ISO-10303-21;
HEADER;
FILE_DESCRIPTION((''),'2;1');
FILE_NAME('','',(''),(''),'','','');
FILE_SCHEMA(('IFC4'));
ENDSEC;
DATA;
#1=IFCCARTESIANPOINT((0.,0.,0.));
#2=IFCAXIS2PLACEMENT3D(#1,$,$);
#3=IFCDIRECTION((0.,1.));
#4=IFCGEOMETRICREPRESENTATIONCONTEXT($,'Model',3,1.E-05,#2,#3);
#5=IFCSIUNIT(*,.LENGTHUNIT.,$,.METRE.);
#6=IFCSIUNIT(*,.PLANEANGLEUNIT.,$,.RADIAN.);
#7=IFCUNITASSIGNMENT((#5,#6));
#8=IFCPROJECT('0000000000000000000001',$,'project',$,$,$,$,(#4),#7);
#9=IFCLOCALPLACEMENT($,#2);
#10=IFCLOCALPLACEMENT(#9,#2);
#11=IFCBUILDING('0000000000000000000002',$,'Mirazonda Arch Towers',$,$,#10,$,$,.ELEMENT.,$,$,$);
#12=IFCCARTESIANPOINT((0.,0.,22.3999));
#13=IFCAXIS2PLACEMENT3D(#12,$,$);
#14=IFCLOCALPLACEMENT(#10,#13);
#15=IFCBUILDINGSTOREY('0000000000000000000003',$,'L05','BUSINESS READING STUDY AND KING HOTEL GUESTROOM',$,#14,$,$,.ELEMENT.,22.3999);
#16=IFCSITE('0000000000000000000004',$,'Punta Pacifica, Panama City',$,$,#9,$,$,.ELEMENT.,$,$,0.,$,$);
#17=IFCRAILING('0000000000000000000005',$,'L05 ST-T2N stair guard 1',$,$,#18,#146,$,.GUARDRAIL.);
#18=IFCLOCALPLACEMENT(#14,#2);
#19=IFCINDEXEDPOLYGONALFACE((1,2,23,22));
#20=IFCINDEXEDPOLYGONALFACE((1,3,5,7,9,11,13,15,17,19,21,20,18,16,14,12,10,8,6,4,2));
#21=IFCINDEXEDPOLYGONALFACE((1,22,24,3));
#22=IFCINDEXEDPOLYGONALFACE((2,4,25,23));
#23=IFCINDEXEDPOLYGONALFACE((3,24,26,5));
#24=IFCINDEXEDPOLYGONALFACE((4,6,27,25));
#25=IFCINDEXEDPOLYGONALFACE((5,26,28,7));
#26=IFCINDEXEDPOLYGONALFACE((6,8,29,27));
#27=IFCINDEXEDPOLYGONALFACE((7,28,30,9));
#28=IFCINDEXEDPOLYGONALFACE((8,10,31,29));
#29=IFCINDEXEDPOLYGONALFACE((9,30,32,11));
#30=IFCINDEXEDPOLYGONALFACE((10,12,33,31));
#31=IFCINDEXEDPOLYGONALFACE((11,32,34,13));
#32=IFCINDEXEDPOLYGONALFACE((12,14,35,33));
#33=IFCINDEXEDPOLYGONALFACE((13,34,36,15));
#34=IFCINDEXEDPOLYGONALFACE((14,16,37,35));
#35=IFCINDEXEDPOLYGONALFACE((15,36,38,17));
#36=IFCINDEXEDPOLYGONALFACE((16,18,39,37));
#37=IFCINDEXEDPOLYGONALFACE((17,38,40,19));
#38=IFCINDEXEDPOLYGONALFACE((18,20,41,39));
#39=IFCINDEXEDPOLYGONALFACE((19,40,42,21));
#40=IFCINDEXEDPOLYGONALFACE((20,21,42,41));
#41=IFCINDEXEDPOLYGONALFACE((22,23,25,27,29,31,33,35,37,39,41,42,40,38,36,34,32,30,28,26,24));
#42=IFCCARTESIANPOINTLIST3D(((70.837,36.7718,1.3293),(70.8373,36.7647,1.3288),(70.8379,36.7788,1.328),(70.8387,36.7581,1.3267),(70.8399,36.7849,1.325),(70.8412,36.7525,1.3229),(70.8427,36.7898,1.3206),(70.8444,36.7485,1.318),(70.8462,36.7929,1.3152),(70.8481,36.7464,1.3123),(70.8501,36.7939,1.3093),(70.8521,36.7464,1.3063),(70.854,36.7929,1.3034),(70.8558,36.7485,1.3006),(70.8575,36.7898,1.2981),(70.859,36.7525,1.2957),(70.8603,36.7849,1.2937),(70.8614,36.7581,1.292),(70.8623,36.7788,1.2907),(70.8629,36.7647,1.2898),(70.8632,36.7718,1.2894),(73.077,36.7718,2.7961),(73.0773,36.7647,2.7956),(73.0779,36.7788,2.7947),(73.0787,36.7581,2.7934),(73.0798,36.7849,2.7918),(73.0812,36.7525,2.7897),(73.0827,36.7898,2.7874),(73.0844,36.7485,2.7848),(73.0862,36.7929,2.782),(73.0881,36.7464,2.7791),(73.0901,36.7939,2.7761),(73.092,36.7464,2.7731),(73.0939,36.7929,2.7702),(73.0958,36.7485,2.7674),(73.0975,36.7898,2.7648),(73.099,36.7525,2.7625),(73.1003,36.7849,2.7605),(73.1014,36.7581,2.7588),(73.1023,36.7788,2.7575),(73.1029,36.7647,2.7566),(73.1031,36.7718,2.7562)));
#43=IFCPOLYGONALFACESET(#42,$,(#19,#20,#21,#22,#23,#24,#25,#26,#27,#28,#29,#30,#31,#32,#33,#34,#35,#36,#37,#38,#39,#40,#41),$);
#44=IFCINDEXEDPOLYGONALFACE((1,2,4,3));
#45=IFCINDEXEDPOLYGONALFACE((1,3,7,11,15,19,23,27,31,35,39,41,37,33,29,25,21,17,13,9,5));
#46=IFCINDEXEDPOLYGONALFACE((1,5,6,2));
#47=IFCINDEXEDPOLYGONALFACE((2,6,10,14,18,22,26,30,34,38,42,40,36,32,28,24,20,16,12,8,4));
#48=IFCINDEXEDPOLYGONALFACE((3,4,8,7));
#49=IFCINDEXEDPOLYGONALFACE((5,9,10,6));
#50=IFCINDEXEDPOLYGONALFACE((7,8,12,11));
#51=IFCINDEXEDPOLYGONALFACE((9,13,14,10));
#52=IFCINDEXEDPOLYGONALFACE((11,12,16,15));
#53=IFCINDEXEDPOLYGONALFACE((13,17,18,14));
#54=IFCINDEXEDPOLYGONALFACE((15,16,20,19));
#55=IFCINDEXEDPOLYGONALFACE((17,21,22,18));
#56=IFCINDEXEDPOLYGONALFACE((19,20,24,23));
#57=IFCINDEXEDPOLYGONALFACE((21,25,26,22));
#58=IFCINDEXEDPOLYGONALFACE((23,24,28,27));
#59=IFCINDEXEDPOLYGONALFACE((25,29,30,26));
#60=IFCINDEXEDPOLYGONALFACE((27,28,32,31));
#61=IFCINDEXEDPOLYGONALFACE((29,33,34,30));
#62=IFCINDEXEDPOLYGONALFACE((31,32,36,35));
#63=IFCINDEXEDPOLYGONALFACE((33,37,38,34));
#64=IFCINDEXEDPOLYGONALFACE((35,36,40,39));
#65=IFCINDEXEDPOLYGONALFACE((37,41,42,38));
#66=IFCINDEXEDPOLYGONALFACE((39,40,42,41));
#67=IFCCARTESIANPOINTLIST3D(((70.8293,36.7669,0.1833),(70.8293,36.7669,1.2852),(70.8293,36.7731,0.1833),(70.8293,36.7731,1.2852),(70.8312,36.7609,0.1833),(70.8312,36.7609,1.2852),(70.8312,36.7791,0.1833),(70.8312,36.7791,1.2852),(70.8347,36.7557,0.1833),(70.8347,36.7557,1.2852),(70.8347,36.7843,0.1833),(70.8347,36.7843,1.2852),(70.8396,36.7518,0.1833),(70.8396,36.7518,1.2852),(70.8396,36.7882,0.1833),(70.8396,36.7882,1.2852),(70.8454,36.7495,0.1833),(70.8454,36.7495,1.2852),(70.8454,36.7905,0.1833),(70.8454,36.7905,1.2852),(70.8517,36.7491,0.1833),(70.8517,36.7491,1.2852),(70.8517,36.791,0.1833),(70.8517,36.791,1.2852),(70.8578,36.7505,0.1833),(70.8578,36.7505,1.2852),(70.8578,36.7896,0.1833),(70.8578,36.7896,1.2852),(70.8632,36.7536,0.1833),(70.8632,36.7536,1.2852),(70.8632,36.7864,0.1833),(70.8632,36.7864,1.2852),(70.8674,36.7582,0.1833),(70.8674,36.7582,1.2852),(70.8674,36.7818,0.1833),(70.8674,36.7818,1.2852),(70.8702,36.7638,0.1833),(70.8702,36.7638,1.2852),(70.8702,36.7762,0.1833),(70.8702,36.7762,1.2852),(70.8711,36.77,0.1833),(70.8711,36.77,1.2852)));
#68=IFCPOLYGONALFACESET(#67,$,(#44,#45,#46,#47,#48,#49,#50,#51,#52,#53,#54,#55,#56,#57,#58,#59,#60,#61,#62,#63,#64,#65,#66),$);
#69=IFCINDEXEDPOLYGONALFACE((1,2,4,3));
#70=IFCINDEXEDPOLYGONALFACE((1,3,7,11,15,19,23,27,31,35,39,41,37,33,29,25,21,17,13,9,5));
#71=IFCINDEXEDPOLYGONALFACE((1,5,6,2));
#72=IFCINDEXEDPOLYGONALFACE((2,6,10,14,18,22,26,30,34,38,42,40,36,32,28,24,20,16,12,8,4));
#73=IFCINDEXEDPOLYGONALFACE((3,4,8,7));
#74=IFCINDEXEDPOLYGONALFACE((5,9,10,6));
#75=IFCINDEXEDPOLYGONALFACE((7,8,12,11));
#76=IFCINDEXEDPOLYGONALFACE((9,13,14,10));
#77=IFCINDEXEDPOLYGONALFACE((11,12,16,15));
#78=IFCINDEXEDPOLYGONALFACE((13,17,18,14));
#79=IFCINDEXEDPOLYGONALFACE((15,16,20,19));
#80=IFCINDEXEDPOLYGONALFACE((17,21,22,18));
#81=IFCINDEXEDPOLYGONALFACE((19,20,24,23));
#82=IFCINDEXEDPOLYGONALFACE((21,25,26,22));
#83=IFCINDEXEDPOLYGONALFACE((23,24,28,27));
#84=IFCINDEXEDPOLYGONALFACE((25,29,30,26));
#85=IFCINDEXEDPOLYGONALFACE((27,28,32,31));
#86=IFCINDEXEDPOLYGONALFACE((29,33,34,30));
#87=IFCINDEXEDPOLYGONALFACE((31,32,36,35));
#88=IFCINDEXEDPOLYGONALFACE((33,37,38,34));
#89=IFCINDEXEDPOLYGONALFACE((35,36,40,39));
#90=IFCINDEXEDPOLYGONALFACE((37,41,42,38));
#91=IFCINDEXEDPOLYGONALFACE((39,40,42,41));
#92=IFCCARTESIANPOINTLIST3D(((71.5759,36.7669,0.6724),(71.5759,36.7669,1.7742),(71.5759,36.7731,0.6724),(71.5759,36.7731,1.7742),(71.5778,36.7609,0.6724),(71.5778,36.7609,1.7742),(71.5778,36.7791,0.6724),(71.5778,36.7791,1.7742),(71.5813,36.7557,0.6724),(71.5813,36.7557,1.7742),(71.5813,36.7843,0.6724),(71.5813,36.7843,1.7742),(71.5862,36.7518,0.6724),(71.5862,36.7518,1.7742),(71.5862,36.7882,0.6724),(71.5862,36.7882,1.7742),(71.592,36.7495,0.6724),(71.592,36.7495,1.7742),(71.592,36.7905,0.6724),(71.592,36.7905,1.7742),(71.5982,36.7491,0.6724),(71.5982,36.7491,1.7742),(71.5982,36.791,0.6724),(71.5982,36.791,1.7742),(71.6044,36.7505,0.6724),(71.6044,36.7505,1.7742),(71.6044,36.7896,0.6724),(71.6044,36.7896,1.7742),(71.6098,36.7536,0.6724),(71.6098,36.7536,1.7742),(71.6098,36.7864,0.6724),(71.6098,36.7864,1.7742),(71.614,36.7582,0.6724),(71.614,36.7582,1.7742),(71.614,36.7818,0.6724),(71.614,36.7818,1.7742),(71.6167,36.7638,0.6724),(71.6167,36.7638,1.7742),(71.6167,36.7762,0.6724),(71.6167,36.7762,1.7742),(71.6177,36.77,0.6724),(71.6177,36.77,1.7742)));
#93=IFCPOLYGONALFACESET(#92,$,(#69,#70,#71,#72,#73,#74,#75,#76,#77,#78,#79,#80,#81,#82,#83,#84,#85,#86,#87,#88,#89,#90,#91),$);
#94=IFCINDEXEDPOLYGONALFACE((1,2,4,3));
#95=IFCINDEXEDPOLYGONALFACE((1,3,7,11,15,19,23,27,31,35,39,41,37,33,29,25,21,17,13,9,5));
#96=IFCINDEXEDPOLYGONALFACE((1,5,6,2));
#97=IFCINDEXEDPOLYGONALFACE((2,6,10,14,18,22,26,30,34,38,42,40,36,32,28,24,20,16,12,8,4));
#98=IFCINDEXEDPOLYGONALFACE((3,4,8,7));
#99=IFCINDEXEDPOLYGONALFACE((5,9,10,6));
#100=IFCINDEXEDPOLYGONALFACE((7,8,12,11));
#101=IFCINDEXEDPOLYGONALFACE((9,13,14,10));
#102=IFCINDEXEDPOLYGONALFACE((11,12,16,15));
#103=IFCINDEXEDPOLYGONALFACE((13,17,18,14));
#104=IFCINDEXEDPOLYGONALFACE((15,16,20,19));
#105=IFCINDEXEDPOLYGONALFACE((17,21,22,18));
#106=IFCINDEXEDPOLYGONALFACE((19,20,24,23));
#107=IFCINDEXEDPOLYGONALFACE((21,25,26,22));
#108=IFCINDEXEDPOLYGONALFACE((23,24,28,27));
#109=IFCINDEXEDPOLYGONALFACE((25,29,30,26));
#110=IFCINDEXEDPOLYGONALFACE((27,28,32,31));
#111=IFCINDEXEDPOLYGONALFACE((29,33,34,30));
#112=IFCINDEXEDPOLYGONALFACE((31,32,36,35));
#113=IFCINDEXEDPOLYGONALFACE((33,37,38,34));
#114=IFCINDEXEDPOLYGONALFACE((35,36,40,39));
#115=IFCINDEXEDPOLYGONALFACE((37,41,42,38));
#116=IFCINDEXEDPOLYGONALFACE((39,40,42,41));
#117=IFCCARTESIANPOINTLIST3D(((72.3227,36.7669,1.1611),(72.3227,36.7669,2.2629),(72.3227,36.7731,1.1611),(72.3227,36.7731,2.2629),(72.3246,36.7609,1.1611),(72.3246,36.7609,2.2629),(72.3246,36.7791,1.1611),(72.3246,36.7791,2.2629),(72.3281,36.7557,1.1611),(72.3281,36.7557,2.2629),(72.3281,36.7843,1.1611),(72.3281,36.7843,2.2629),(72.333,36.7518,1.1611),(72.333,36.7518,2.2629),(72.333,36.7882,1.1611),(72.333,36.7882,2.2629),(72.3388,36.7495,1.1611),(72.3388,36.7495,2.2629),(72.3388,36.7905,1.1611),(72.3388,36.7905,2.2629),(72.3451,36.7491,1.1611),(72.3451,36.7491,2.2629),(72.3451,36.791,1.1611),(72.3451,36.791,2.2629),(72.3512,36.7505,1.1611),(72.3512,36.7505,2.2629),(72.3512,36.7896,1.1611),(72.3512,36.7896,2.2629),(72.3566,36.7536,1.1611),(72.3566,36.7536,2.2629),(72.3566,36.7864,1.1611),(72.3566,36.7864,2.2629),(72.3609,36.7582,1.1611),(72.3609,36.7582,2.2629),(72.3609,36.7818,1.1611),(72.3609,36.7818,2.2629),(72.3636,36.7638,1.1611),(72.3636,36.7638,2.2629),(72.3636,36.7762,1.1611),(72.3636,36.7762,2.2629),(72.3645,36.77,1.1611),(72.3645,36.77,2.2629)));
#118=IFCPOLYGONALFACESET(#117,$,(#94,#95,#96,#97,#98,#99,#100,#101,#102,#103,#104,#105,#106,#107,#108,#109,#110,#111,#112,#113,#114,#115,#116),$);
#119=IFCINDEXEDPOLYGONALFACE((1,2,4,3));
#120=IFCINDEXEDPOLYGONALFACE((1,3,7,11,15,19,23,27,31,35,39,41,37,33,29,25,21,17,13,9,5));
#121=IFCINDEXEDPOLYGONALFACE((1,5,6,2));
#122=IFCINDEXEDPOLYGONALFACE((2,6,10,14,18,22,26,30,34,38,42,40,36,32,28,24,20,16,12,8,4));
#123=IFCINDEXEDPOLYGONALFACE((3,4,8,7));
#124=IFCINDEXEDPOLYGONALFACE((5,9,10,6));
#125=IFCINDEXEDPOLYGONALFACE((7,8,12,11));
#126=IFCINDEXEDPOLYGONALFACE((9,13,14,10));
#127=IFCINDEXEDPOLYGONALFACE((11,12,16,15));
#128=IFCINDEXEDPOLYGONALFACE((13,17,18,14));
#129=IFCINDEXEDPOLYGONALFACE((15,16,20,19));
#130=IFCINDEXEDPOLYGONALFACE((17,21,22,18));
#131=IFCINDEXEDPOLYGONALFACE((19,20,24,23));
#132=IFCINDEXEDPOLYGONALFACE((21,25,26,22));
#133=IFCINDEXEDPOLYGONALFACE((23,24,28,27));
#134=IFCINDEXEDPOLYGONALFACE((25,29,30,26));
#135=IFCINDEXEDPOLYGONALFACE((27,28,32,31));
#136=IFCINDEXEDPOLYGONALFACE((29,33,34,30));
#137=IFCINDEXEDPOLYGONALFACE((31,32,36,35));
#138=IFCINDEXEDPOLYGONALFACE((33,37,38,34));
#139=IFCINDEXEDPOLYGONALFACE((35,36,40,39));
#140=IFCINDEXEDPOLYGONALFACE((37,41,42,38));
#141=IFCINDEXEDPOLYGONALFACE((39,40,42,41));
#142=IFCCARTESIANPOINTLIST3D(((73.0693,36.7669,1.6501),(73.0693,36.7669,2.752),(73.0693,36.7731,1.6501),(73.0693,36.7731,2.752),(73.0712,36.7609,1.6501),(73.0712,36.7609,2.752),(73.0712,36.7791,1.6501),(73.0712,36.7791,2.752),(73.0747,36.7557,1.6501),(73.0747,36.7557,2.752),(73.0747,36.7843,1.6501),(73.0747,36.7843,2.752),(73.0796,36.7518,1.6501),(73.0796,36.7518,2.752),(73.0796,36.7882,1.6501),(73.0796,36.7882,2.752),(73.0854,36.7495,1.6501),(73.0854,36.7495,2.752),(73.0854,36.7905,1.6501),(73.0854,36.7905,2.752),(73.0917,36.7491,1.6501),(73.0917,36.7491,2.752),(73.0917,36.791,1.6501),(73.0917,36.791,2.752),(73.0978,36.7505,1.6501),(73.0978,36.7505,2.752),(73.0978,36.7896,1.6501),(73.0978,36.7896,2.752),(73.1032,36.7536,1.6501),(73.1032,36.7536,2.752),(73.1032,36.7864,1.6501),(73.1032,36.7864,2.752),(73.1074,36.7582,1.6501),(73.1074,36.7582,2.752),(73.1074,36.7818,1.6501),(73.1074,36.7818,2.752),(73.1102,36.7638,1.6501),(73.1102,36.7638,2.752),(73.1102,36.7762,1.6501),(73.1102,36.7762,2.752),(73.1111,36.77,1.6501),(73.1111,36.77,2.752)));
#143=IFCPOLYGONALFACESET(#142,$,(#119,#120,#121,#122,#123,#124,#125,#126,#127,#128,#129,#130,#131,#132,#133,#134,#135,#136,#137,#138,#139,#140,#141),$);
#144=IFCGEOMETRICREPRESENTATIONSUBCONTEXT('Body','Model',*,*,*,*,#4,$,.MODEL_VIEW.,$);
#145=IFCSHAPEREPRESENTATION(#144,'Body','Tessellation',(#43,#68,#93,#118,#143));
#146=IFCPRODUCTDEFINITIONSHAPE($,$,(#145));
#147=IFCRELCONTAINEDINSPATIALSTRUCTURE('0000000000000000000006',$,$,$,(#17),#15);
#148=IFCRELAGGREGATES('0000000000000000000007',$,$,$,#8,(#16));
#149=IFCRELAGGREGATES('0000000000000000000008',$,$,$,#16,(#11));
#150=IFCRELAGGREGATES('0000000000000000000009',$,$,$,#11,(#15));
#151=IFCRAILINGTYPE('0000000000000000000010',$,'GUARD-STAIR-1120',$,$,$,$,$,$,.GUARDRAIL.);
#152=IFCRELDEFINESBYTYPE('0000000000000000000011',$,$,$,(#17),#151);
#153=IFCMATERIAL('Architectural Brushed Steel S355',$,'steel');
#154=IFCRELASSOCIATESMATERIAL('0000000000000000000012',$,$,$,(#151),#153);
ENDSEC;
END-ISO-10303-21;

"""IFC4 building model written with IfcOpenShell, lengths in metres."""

from ifc_helpers import new_model, si_unit, direction, frame, origin, origin_2d, place, context, subcontext, project, spatial, circle, extrude, material, type_object, element, save


model = new_model("IFC4")

# Units and contexts
model_context = context("Model", 3, precision=1e-05, world=origin(), true_north=direction((0.0, 1.0)))
body_context = subcontext(model_context, "Body", "Model", "MODEL_VIEW")
ifc_project = project(units=[si_unit("LENGTHUNIT", "METRE"), si_unit("PLANEANGLEUNIT", "RADIAN")], contexts=[model_context])

# Site, building, storey
site_placement = place(None, origin())
site = spatial("IfcSite", under=ifc_project, at=site_placement, Name="Punta Pacifica, Panama City", CompositionType="ELEMENT", RefElevation=0.0)
building_placement = place(site_placement, origin())
building = spatial("IfcBuilding", under=site, at=building_placement, Name="Mirazonda Arch Towers", CompositionType="ELEMENT")
storey_placement = place(building_placement, frame((0.0, 0.0, 22.3999)))
storey = spatial("IfcBuildingStorey", under=building, at=storey_placement, Name="L05", Description="BUSINESS READING STUDY AND KING HOTEL GUESTROOM", CompositionType="ELEMENT", Elevation=22.3999)

# Railing
ifc_material_1 = material(Name="Architectural Brushed Steel S355", Category="steel")
railing_type = type_object("IfcRailingType", Name="GUARD-STAIR-1120", PredefinedType="GUARDRAIL", material=ifc_material_1)
railing_1_placement = place(storey_placement, frame((70.8501, 36.77, 0.1833)))
element("IfcRailing", 1, at=railing_1_placement, inside=storey, type_object=railing_type, Name="L05 ST-T2N stair guard 1", PredefinedType="GUARDRAIL", context=body_context, shape_type="SweptSolid", body=[
    extrude(circle(Radius=0.0239, at=origin_2d()), frame((0.0, 0.0, 1.126), z_axis=(0.836595, 0.0, 0.547822), x_axis=(0.0, 1.0, 0.0)), (0.0, 0.0, 1.0), 2.6775),
    extrude(circle(Radius=0.021, at=origin_2d()), origin(), (0.0, 0.0, 1.0), 1.1018),
    extrude(circle(Radius=0.021, at=origin_2d()), frame((0.7466, 0.0, 0.489)), (0.0, 0.0, 1.0), 1.1018),
    extrude(circle(Radius=0.021, at=origin_2d()), frame((1.4934, 0.0, 0.9778)), (0.0, 0.0, 1.0), 1.1018),
    extrude(circle(Radius=0.021, at=origin_2d()), frame((2.24, 0.0, 1.4668)), (0.0, 0.0, 1.0), 1.1018),
])

save(model, "model.ifc")
